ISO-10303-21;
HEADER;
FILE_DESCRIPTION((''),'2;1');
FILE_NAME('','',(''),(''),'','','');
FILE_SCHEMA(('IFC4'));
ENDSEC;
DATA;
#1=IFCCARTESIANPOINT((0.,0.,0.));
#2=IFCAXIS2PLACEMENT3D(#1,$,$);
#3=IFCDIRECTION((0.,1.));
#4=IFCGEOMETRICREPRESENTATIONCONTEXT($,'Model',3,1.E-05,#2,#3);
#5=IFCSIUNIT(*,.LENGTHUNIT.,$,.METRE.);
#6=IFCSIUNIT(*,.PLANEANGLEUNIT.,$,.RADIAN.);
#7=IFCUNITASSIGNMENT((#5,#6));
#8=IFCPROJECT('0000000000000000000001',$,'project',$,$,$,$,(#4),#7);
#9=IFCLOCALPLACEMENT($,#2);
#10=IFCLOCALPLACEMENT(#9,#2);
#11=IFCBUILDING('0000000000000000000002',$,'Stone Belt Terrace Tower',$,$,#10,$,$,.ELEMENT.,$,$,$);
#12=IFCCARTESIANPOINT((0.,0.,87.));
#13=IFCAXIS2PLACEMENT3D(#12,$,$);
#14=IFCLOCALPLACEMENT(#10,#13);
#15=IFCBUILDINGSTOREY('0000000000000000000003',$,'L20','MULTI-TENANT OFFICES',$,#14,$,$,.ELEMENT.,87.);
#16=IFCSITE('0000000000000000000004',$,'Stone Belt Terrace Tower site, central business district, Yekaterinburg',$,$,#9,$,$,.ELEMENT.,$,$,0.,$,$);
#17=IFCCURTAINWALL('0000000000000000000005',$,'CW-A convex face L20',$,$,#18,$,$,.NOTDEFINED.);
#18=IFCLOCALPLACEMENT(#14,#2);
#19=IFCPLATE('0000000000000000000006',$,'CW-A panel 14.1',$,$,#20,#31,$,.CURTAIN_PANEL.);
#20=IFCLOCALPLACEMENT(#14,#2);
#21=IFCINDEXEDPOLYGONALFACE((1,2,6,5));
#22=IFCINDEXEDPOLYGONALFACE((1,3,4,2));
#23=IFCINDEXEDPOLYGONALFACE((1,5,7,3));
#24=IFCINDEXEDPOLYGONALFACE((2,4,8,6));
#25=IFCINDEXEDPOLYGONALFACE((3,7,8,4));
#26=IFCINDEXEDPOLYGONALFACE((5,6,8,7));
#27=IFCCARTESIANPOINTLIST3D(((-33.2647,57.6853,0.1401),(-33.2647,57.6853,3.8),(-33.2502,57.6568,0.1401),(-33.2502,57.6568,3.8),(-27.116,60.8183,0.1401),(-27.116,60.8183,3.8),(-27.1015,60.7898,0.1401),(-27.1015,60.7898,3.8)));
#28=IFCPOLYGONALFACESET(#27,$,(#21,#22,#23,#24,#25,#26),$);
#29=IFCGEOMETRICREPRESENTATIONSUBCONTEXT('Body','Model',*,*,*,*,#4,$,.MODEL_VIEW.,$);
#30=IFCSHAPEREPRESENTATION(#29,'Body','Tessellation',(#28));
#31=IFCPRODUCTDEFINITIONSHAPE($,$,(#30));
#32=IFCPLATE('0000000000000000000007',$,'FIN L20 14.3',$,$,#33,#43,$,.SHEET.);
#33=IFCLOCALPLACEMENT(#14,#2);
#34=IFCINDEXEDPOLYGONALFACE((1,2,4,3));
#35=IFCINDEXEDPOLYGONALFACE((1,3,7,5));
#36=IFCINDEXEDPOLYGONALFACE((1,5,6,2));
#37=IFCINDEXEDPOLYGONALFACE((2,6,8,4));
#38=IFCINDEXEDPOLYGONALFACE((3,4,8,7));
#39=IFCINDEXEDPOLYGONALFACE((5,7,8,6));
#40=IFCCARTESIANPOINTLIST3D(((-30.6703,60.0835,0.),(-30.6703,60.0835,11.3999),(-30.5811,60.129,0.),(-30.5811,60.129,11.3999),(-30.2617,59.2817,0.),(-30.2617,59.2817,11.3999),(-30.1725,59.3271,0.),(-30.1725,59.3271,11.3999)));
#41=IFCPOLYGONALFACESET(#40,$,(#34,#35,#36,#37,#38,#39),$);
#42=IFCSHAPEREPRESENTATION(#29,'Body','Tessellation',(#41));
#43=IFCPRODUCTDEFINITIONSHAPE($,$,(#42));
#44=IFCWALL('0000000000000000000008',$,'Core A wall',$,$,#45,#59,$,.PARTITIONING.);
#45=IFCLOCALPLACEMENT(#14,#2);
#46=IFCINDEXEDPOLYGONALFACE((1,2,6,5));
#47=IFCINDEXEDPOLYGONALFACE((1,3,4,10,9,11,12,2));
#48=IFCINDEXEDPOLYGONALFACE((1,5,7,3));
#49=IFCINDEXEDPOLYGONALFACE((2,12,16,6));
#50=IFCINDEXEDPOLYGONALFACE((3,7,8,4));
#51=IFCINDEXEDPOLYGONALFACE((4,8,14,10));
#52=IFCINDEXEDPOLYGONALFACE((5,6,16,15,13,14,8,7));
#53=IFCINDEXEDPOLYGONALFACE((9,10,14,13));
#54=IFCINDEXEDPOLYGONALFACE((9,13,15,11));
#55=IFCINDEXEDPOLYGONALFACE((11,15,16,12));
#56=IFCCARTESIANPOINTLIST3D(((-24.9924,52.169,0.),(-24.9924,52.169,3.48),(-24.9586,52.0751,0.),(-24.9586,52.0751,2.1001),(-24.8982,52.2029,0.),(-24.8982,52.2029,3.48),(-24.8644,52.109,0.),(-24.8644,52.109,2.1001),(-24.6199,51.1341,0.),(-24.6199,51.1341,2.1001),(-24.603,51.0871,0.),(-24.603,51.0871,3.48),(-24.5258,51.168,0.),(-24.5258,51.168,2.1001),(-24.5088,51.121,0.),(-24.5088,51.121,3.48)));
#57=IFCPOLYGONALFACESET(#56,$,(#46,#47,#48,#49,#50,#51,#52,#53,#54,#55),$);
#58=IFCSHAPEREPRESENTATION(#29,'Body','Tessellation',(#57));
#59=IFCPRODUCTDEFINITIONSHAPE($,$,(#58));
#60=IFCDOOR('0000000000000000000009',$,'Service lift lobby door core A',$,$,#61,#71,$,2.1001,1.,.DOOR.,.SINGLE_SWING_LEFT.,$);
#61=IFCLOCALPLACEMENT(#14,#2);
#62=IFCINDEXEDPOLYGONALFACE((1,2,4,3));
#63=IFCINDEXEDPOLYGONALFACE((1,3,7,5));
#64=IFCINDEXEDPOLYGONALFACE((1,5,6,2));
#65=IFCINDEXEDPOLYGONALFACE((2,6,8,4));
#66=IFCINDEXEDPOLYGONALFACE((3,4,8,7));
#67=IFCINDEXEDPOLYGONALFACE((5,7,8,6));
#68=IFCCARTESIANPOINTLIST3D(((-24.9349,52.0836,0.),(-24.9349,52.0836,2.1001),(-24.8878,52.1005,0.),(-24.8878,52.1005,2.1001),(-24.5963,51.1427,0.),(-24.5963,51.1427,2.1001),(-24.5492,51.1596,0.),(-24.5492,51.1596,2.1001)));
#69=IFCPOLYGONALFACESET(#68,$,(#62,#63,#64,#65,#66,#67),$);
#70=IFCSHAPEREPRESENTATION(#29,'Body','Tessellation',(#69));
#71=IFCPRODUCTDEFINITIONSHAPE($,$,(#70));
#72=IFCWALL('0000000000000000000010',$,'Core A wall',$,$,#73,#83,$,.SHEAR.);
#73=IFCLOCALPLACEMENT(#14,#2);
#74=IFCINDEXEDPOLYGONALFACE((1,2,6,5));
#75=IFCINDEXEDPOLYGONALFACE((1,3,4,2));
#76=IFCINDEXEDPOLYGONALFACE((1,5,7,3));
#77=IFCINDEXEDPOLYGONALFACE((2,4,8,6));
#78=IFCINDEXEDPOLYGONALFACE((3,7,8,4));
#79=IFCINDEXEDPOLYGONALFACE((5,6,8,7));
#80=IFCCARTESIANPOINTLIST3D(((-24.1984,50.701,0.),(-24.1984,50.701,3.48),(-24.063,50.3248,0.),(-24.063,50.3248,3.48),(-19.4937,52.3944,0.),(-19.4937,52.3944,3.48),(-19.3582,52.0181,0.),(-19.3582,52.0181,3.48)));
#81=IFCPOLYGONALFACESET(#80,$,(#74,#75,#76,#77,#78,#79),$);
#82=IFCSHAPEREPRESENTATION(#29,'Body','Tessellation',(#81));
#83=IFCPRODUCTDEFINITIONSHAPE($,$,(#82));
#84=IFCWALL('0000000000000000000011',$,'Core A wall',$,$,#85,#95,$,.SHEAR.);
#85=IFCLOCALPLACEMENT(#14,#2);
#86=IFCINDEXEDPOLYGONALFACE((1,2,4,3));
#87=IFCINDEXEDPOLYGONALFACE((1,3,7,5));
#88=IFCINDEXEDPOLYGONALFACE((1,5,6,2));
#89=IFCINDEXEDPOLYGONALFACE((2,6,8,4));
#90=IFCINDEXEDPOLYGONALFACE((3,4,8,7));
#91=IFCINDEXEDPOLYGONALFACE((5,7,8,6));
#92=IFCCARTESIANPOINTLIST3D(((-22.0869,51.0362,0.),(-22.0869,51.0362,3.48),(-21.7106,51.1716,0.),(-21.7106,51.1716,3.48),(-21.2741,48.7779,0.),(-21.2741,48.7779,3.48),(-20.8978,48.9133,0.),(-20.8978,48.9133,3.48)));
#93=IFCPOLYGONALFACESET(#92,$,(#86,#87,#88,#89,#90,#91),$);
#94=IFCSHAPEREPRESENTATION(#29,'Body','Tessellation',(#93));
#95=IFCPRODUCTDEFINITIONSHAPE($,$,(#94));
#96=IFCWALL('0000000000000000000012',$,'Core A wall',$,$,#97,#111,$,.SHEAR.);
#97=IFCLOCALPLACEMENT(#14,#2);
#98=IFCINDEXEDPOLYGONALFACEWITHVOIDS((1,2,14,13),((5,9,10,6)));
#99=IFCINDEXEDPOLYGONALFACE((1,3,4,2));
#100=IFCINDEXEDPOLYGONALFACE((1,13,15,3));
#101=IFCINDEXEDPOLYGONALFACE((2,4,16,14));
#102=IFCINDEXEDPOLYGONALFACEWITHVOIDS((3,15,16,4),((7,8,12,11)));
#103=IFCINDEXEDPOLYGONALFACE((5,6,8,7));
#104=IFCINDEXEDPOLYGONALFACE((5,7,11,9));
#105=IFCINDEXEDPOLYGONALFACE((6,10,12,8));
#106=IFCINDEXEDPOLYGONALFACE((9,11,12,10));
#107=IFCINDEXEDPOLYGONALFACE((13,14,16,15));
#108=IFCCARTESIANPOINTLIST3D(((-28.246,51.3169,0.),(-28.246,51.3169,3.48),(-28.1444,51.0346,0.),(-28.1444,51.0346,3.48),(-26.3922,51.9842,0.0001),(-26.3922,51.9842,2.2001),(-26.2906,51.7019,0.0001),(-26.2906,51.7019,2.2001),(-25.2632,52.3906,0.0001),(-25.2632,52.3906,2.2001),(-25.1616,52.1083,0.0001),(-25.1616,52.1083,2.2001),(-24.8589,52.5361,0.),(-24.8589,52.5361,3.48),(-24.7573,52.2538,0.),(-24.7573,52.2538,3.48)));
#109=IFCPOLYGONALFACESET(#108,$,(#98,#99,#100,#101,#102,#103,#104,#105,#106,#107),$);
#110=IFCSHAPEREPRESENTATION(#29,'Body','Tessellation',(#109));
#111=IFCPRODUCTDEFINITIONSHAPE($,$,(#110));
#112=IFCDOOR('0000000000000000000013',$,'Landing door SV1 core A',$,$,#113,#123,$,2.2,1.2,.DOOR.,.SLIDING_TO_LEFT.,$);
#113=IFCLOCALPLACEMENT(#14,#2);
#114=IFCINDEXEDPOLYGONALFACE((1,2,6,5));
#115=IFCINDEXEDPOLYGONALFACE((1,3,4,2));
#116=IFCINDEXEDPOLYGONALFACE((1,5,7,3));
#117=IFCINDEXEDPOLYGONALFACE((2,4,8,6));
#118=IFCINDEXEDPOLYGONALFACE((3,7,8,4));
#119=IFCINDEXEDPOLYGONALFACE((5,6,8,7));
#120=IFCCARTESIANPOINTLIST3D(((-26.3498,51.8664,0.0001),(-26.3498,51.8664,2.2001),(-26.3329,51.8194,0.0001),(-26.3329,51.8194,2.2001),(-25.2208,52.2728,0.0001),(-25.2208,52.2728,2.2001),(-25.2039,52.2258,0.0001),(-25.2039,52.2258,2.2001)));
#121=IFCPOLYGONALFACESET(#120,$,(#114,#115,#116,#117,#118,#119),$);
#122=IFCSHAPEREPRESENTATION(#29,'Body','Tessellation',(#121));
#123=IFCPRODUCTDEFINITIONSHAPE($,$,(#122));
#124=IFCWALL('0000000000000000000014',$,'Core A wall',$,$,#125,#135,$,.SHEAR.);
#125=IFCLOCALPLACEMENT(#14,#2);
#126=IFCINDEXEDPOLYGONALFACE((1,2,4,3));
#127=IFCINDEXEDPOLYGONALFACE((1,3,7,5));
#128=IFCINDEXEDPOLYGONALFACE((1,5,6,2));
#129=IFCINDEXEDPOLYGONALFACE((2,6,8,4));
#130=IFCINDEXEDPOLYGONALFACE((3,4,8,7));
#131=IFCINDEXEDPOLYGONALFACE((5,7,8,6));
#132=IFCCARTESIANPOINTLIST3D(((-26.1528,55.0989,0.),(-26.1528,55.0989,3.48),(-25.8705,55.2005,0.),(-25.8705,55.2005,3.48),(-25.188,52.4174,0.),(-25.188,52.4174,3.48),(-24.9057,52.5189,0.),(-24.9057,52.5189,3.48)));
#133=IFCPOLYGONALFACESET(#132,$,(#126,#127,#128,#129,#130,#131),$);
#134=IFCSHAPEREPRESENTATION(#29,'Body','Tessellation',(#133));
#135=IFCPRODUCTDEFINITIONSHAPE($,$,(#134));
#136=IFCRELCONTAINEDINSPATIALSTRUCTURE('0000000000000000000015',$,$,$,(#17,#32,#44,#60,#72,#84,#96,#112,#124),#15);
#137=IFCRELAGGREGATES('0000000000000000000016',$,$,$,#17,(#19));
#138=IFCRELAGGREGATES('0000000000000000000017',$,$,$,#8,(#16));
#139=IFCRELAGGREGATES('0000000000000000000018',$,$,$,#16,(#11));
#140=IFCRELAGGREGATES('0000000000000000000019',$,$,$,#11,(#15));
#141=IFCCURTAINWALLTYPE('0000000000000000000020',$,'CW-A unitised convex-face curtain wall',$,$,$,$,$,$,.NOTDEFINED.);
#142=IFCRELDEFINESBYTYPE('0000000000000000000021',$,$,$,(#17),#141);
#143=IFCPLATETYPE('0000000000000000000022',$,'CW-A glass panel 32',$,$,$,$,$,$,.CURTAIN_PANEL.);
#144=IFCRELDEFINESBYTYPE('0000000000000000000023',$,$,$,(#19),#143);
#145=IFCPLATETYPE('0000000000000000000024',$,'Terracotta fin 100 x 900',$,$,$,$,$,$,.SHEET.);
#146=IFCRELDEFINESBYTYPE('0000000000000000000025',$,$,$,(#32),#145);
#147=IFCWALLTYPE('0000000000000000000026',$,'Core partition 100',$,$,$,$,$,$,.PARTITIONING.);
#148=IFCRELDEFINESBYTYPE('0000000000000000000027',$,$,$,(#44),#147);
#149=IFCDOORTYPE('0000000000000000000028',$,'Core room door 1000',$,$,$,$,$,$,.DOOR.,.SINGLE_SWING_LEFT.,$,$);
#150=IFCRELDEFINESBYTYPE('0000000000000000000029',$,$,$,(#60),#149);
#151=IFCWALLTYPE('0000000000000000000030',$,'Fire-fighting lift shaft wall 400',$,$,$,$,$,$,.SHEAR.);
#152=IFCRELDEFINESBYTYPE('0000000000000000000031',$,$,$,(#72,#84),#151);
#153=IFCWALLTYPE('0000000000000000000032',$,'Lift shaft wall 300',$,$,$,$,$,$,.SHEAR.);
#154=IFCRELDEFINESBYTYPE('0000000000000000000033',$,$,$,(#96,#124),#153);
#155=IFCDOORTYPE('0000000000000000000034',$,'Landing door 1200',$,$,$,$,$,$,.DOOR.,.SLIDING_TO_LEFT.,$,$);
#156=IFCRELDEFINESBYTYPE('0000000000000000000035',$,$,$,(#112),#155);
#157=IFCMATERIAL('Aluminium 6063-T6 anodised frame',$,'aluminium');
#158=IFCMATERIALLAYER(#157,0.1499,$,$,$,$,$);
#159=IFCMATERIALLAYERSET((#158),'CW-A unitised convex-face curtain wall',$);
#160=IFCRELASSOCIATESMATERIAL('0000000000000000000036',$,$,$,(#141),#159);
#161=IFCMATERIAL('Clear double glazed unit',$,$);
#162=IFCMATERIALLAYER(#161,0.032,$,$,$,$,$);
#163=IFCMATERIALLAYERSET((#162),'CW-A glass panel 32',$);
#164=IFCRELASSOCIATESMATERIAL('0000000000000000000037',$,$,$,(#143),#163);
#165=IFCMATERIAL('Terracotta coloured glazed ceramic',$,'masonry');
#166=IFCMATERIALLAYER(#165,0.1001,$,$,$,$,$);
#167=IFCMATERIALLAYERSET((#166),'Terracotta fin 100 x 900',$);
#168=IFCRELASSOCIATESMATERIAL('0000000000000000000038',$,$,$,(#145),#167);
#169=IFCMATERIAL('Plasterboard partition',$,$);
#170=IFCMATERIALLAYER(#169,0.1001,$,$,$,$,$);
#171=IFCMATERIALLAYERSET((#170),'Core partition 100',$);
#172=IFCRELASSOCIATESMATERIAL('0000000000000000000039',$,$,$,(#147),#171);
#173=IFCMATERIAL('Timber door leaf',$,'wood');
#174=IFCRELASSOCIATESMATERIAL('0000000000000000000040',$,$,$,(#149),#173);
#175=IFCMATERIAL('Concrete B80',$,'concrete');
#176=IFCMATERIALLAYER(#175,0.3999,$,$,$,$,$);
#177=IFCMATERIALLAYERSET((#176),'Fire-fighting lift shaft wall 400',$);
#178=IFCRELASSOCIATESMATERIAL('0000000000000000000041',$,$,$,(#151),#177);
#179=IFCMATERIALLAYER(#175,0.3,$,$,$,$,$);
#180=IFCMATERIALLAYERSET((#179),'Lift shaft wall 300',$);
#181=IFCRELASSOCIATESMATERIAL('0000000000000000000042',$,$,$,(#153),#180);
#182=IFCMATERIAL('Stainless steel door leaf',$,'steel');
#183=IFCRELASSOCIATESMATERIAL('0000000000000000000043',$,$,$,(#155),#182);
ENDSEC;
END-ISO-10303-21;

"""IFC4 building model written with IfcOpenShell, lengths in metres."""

from ifc_helpers import new_model, si_unit, direction, frame, frame_2d, origin, origin_2d, place, context, subcontext, project, spatial, rectangle, extrude, material, layer, layer_set, type_object, element, fill, aggregate, save


model = new_model("IFC4")

# Units and contexts
model_context = context("Model", 3, precision=1e-05, world=origin(), true_north=direction((0.0, 1.0)))
body_context = subcontext(model_context, "Body", "Model", "MODEL_VIEW")
ifc_project = project(units=[si_unit("LENGTHUNIT", "METRE"), si_unit("PLANEANGLEUNIT", "RADIAN")], contexts=[model_context])

# Site, building, storey
site_placement = place(None, origin())
site = spatial("IfcSite", under=ifc_project, at=site_placement, Name="Stone Belt Terrace Tower site, central business district, Yekaterinburg", CompositionType="ELEMENT", RefElevation=0.0)
building_placement = place(site_placement, origin())
building = spatial("IfcBuilding", under=site, at=building_placement, Name="Stone Belt Terrace Tower", CompositionType="ELEMENT")
storey_placement = place(building_placement, frame((0.0, 0.0, 87.0)))
storey = spatial("IfcBuildingStorey", under=building, at=storey_placement, Name="L20", Description="MULTI-TENANT OFFICES", CompositionType="ELEMENT", Elevation=87.0)

# Curtain wall, plate
ifc_material_1 = material(Name="Aluminium 6063-T6 anodised frame", Category="aluminium")
ifc_layer_1 = layer(ifc_material_1, 0.1499)
ifc_layer_set_1 = layer_set([ifc_layer_1], Name="CW-A unitised convex-face curtain wall")
curtain_wall_type = type_object("IfcCurtainWallType", Name="CW-A unitised convex-face curtain wall", PredefinedType="NOTDEFINED", material=ifc_layer_set_1)
curtain_wall_placement = place(storey_placement, origin())
curtain_wall = element("IfcCurtainWall", 1, at=curtain_wall_placement, inside=storey, type_object=curtain_wall_type, Name="CW-A convex face L20", PredefinedType="NOTDEFINED")
ifc_material_2 = material(Name="Clear double glazed unit")
ifc_layer_2 = layer(ifc_material_2, 0.032)
ifc_layer_set_2 = layer_set([ifc_layer_2], Name="CW-A glass panel 32")
plate_type_1 = type_object("IfcPlateType", Name="CW-A glass panel 32", PredefinedType="CURTAIN_PANEL", material=ifc_layer_set_2)
plate_1_placement = place(storey_placement, frame((-30.1831, 59.2375, 0.1401), z_axis=(0.0, 0.0, 1.0), x_axis=(-0.891007, -0.45399, 0.0)))
plate_1 = element("IfcPlate", 2, at=plate_1_placement, type_object=plate_type_1, Name="CW-A panel 14.1", PredefinedType="CURTAIN_PANEL", context=body_context, shape_type="SweptSolid", body=[
    extrude(rectangle(XDim=6.9009, YDim=0.032, at=origin_2d()), origin(), (0.0, 0.0, 1.0), 3.6599),
])
aggregate(curtain_wall, [plate_1])

# Plate
ifc_material_3 = material(Name="Terracotta coloured glazed ceramic", Category="masonry")
ifc_layer_3 = layer(ifc_material_3, 0.1001)
ifc_layer_set_3 = layer_set([ifc_layer_3], Name="Terracotta fin 100 x 900")
plate_type_2 = type_object("IfcPlateType", Name="Terracotta fin 100 x 900", PredefinedType="SHEET", material=ifc_layer_set_3)
plate_2_placement = place(storey_placement, frame((-30.4214, 59.7053, 0.0), z_axis=(0.0, 0.0, 1.0), x_axis=(-0.45399, 0.891007, 0.0)))
element("IfcPlate", 3, at=plate_2_placement, inside=storey, type_object=plate_type_2, Name="FIN L20 14.3", PredefinedType="SHEET", context=body_context, shape_type="SweptSolid", body=[
    extrude(rectangle(XDim=0.8999, YDim=0.1001, at=origin_2d()), origin(), (0.0, 0.0, 1.0), 11.3999),
])

# Wall, opening, door
ifc_material_4 = material(Name="Plasterboard partition")
ifc_layer_4 = layer(ifc_material_4, 0.1001)
ifc_layer_set_4 = layer_set([ifc_layer_4], Name="Core partition 100")
wall_type_1 = type_object("IfcWallType", Name="Core partition 100", PredefinedType="PARTITIONING", material=ifc_layer_set_4)
wall_1_placement = place(storey_placement, frame((-24.5559, 51.104, 0.0), z_axis=(0.0, 0.0, 1.0), x_axis=(-0.338622, 0.940923, 0.0)))
wall_1 = element("IfcWall", 4, at=wall_1_placement, inside=storey, type_object=wall_type_1, Name="Core A wall", PredefinedType="PARTITIONING", context=body_context, shape_type="SweptSolid", body=[
    extrude(rectangle(XDim=1.1499, YDim=0.1001, at=frame_2d((0.575, 0.0))), origin(), (0.0, 0.0, 1.0), 3.48),
])
opening_1_placement = place(wall_1_placement, frame((0.05, 0.0, 0.0)))
opening_1 = element("IfcOpeningElement", 5, at=opening_1_placement, cuts=wall_1, PredefinedType="OPENING", context=body_context, shape_type="SweptSolid", body=[
    extrude(rectangle(XDim=1.0, YDim=2.1001, at=frame_2d((0.5, 1.05))), frame((0.0, 0.0601, 0.0), z_axis=(0.0, -1.0, 0.0), x_axis=(1.0, 0.0, 0.0)), (0.0, 0.0, 1.0), 0.1201),
])
ifc_material_5 = material(Name="Timber door leaf", Category="wood")
door_type_1 = type_object("IfcDoorType", Name="Core room door 1000", OperationType="SINGLE_SWING_LEFT", PredefinedType="DOOR", material=ifc_material_5)
door_1_placement = place(opening_1_placement, origin())
door_1 = element("IfcDoor", 6, at=door_1_placement, inside=storey, type_object=door_type_1, Name="Service lift lobby door core A", OperationType="SINGLE_SWING_LEFT", OverallHeight=2.1001, OverallWidth=1.0, PredefinedType="DOOR", context=body_context, shape_type="SweptSolid", body=[
    extrude(rectangle(XDim=1.0, YDim=2.1001, at=frame_2d((0.5, 1.05))), frame((0.0, 0.0249, 0.0), z_axis=(0.0, -1.0, 0.0), x_axis=(1.0, 0.0, 0.0)), (0.0, 0.0, 1.0), 0.05),
])
fill(opening_1, door_1)

# Walls
ifc_material_6 = material(Name="Concrete B80", Category="concrete")
ifc_layer_5 = layer(ifc_material_6, 0.3999)
ifc_layer_set_5 = layer_set([ifc_layer_5], Name="Fire-fighting lift shaft wall 400")
wall_type_2 = type_object("IfcWallType", Name="Fire-fighting lift shaft wall 400", PredefinedType="SHEAR", material=ifc_layer_set_5)
wall_2_placement = place(storey_placement, frame((-24.1306, 50.5129, 0.0), z_axis=(0.0, 0.0, 1.0), x_axis=(0.940912, 0.338652, 0.0)))
element("IfcWall", 7, at=wall_2_placement, inside=storey, type_object=wall_type_2, Name="Core A wall", PredefinedType="SHEAR", context=body_context, shape_type="SweptSolid", body=[
    extrude(rectangle(XDim=5.0002, YDim=0.3999, at=frame_2d((2.5, 0.0))), origin(), (0.0, 0.0, 1.0), 3.48),
])
wall_3_placement = place(storey_placement, frame((-21.0859, 48.8455, 0.0), z_axis=(0.0, 0.0, 1.0), x_axis=(-0.338629, 0.94092, 0.0)))
element("IfcWall", 8, at=wall_3_placement, inside=storey, type_object=wall_type_2, Name="Core A wall", PredefinedType="SHEAR", context=body_context, shape_type="SweptSolid", body=[
    extrude(rectangle(XDim=2.4001, YDim=0.3999, at=frame_2d((1.2002, 0.0))), origin(), (0.0, 0.0, 1.0), 3.48),
])

# Wall, opening, door
ifc_layer_6 = layer(ifc_material_6, 0.3)
ifc_layer_set_6 = layer_set([ifc_layer_6], Name="Lift shaft wall 300")
wall_type_3 = type_object("IfcWallType", Name="Lift shaft wall 300", PredefinedType="SHEAR", material=ifc_layer_set_6)
wall_4_placement = place(storey_placement, frame((-28.1951, 51.1758, 0.0), z_axis=(0.0, 0.0, 1.0), x_axis=(0.940901, 0.338681, 0.0)))
wall_4 = element("IfcWall", 9, at=wall_4_placement, inside=storey, type_object=wall_type_3, Name="Core A wall", PredefinedType="SHEAR", context=body_context, shape_type="SweptSolid", body=[
    extrude(rectangle(XDim=3.5999, YDim=0.3, at=frame_2d((1.7998, 0.0))), origin(), (0.0, 0.0, 1.0), 3.48),
])
opening_2_placement = place(wall_4_placement, frame((1.97, 0.0, 0.0)))
opening_2 = element("IfcOpeningElement", 10, at=opening_2_placement, cuts=wall_4, PredefinedType="OPENING", context=body_context, shape_type="SweptSolid", body=[
    extrude(rectangle(XDim=1.2, YDim=2.2, at=frame_2d((0.6001, 1.1001))), frame((0.0, 0.1599, 0.0), z_axis=(0.0, -1.0, 0.0), x_axis=(1.0, 0.0, 0.0)), (0.0, 0.0, 1.0), 0.3201),
])
ifc_material_7 = material(Name="Stainless steel door leaf", Category="steel")
door_type_2 = type_object("IfcDoorType", Name="Landing door 1200", OperationType="SLIDING_TO_LEFT", PredefinedType="DOOR", material=ifc_material_7)
door_2_placement = place(opening_2_placement, origin())
door_2 = element("IfcDoor", 11, at=door_2_placement, inside=storey, type_object=door_type_2, Name="Landing door SV1 core A", OperationType="SLIDING_TO_LEFT", OverallHeight=2.2, OverallWidth=1.2, PredefinedType="DOOR", context=body_context, shape_type="SweptSolid", body=[
    extrude(rectangle(XDim=1.2, YDim=2.2, at=frame_2d((0.6001, 1.1001))), frame((0.0, 0.0249, 0.0), z_axis=(0.0, -1.0, 0.0), x_axis=(1.0, 0.0, 0.0)), (0.0, 0.0, 1.0), 0.05),
])
fill(opening_2, door_2)

# Wall
wall_5_placement = place(storey_placement, frame((-25.0469, 52.4683, 0.0), z_axis=(0.0, 0.0, 1.0), x_axis=(-0.33855, 0.940949, 0.0)))
element("IfcWall", 12, at=wall_5_placement, inside=storey, type_object=wall_type_3, Name="Core A wall", PredefinedType="SHEAR", context=body_context, shape_type="SweptSolid", body=[
    extrude(rectangle(XDim=2.8499, YDim=0.3, at=frame_2d((1.4248, 0.0))), origin(), (0.0, 0.0, 1.0), 3.48),
])

save(model, "model.ifc")
